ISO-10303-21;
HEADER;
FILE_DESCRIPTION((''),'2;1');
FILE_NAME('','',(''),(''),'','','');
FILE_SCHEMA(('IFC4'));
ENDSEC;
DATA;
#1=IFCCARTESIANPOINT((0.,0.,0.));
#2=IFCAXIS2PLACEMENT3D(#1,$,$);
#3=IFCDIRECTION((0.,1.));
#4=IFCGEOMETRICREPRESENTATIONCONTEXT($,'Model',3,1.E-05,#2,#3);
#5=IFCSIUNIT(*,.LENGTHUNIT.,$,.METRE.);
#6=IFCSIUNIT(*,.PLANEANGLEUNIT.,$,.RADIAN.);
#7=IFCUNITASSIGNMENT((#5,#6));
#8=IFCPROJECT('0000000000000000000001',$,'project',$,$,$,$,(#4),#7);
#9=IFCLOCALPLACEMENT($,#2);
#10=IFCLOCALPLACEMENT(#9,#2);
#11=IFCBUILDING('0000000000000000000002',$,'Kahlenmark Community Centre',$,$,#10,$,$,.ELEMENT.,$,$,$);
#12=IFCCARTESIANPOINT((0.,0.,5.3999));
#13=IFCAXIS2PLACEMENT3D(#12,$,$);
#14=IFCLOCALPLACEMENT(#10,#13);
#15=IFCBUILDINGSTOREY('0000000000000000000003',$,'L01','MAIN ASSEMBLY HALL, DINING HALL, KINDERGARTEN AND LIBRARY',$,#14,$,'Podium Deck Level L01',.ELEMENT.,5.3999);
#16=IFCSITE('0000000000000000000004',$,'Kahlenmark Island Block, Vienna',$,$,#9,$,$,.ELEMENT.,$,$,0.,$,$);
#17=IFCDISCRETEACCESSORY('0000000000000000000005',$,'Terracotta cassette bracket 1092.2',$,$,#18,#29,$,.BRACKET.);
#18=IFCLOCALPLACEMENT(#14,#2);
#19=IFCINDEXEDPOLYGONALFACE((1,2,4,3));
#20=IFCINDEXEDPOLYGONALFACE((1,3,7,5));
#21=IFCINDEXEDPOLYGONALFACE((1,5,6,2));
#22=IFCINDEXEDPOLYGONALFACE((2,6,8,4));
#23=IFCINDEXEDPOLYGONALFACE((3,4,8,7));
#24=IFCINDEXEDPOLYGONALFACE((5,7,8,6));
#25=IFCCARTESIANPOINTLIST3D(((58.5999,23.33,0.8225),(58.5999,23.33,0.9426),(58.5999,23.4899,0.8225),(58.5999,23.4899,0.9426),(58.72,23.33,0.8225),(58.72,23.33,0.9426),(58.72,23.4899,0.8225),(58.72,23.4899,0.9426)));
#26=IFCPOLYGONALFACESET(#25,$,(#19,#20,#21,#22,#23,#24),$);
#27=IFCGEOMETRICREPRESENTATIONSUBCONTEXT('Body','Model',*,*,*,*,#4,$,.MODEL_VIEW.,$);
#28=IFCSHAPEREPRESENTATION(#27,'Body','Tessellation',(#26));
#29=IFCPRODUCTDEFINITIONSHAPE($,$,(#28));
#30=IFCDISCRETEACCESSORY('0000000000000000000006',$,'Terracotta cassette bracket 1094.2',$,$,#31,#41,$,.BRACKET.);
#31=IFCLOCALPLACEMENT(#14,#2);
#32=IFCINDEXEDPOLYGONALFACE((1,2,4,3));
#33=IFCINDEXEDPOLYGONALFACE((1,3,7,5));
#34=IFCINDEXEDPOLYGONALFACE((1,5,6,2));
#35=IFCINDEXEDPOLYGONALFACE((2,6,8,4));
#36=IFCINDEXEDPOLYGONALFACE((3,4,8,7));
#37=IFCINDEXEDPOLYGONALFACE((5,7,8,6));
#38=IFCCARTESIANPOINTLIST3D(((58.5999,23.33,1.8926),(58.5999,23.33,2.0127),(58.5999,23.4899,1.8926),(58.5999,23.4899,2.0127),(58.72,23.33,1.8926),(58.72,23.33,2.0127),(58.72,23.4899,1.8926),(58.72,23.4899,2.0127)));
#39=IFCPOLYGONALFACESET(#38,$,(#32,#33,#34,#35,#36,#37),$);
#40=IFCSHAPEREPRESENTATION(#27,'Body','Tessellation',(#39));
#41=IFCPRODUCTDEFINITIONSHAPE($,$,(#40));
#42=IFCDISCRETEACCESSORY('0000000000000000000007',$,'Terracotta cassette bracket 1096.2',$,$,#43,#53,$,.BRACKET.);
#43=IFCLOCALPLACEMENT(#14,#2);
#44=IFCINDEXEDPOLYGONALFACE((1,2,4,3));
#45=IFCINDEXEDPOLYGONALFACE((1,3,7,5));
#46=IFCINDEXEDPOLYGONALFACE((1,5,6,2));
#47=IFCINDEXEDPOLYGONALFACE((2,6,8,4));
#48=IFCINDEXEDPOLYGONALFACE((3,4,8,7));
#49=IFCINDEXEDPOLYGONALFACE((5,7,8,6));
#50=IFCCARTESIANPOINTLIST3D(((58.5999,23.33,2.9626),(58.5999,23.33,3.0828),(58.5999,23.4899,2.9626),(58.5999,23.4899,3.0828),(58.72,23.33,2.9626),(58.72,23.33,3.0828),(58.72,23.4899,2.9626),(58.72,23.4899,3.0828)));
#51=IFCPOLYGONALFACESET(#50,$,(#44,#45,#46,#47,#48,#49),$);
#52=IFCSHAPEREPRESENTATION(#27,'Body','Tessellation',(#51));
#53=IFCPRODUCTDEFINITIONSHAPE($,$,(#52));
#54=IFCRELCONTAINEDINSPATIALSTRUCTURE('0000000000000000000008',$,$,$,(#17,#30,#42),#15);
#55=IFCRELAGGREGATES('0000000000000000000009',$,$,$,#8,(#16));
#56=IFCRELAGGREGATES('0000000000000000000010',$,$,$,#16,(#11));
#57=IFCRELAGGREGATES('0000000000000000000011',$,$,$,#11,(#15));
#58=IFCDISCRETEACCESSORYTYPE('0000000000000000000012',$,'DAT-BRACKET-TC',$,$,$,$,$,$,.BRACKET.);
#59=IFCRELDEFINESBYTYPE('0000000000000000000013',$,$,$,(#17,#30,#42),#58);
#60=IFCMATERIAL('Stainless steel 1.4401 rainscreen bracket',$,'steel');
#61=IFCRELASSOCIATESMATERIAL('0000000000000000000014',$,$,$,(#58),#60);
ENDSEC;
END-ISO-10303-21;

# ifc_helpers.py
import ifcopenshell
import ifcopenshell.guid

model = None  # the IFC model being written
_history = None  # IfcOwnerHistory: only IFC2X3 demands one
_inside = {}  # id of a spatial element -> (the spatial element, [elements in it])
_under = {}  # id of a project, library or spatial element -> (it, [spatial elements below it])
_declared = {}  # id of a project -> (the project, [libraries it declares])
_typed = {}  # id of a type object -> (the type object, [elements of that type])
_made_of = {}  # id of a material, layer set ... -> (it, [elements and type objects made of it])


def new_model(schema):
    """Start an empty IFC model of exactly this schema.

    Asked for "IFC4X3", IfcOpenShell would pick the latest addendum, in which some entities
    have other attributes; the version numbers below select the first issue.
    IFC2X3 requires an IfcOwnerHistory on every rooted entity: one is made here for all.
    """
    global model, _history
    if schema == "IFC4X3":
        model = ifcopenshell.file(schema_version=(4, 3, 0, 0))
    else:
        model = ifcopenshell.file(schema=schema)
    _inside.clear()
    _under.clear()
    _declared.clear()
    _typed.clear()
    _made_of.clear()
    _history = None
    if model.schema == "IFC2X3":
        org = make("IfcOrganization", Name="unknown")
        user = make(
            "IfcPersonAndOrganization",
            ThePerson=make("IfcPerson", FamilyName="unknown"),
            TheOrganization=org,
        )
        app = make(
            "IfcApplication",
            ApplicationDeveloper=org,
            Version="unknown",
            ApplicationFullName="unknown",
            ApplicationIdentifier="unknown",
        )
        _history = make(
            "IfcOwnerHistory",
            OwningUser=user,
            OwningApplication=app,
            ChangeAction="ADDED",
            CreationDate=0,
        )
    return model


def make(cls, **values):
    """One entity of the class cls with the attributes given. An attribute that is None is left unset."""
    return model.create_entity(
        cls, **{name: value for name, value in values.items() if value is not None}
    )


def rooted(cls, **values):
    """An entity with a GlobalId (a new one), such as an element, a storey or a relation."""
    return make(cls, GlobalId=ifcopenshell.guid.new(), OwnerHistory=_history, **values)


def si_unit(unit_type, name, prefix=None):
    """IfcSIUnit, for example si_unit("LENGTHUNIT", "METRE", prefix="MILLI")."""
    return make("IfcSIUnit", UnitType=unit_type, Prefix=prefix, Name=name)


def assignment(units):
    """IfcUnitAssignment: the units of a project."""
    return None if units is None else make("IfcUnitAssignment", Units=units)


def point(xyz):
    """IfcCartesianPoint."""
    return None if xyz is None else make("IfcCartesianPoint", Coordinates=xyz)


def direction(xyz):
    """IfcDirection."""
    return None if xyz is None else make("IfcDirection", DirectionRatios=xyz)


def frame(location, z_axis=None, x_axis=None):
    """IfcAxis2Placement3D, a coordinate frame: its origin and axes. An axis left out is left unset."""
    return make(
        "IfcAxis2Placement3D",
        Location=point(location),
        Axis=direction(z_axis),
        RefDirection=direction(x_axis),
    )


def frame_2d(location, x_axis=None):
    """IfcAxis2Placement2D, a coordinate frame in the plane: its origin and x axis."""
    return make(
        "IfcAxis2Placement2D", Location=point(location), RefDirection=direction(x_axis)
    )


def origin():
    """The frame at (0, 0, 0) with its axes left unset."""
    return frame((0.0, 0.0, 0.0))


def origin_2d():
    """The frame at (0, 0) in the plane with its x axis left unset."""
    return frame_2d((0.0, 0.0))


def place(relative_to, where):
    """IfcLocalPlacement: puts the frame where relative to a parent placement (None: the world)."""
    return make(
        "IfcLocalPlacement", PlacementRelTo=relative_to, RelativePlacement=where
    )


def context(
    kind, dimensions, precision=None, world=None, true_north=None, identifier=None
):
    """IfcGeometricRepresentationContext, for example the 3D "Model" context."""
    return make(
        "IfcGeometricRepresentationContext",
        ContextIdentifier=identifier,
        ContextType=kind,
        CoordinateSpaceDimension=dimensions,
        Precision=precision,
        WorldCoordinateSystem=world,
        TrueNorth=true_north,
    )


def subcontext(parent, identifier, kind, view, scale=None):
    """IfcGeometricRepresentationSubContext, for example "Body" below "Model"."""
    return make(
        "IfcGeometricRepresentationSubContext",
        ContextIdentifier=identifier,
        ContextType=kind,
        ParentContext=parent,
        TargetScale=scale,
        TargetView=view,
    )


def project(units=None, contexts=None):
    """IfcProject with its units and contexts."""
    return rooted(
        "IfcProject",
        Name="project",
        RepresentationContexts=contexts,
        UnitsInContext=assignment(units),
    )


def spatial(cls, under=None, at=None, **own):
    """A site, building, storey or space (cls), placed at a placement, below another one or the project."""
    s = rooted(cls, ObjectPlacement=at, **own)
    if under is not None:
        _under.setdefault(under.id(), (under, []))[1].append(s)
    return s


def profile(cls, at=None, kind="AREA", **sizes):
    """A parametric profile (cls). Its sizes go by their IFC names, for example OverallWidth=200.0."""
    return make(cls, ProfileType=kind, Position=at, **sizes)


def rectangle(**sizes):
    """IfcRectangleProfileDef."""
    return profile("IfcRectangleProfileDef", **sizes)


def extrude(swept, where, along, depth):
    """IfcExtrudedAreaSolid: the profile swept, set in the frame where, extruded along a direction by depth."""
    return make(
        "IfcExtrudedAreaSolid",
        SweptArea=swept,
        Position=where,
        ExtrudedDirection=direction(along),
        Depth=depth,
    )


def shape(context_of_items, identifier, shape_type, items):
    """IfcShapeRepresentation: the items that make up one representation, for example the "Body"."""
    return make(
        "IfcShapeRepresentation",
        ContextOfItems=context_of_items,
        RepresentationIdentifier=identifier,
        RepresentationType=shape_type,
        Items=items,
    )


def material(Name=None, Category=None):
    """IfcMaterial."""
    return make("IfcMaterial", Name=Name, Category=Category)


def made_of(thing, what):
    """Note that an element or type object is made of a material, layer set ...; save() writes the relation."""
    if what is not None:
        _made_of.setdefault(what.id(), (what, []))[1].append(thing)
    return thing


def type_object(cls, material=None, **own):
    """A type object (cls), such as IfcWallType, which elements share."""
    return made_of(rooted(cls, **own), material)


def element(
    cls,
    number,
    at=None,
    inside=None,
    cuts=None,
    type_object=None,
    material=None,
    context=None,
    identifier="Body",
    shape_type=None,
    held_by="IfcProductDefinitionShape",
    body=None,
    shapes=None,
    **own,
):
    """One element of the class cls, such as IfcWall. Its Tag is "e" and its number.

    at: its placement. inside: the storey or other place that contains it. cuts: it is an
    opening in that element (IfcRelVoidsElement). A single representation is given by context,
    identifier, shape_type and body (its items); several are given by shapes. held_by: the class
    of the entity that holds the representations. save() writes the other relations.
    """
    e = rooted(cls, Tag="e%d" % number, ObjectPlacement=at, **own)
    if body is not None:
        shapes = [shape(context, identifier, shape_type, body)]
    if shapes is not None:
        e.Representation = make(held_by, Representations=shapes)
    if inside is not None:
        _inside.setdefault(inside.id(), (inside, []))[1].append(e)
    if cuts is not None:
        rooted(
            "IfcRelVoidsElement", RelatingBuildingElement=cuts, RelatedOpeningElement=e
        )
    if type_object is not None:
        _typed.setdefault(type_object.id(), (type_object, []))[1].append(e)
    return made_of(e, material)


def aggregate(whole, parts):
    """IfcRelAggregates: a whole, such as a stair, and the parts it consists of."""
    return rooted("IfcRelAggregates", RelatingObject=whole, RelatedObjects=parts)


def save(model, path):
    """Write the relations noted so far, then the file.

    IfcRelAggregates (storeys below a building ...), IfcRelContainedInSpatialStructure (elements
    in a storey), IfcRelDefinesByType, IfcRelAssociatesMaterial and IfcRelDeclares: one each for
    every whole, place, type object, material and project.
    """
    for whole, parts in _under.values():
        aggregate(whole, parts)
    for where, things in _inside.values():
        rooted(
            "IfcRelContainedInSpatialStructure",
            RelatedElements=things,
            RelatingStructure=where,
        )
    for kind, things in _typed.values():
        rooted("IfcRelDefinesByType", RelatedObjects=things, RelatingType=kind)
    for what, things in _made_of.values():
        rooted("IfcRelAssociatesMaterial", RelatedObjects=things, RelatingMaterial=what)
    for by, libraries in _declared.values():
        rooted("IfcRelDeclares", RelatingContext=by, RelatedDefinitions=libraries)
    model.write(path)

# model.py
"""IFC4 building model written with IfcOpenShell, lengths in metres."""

from ifc_helpers import new_model, si_unit, direction, frame, origin, origin_2d, place, context, subcontext, project, spatial, rectangle, extrude, material, type_object, element, save


model = new_model("IFC4")

# Units and contexts
model_context = context("Model", 3, precision=1e-05, world=origin(), true_north=direction((0.0, 1.0)))
body_context = subcontext(model_context, "Body", "Model", "MODEL_VIEW")
ifc_project = project(units=[si_unit("LENGTHUNIT", "METRE"), si_unit("PLANEANGLEUNIT", "RADIAN")], contexts=[model_context])

# Site, building, storey
site_placement = place(None, origin())
site = spatial("IfcSite", under=ifc_project, at=site_placement, Name="Kahlenmark Island Block, Vienna", CompositionType="ELEMENT", RefElevation=0.0)
building_placement = place(site_placement, origin())
building = spatial("IfcBuilding", under=site, at=building_placement, Name="Kahlenmark Community Centre", CompositionType="ELEMENT")
storey_placement = place(building_placement, frame((0.0, 0.0, 5.3999)))
storey = spatial("IfcBuildingStorey", under=building, at=storey_placement, Name="L01", Description="MAIN ASSEMBLY HALL, DINING HALL, KINDERGARTEN AND LIBRARY", LongName="Podium Deck Level L01", CompositionType="ELEMENT", Elevation=5.3999)

# Discrete accessories
ifc_material_1 = material(Name="Stainless steel 1.4401 rainscreen bracket", Category="steel")
discrete_accessory_type = type_object("IfcDiscreteAccessoryType", Name="DAT-BRACKET-TC", PredefinedType="BRACKET", material=ifc_material_1)
for number, where, z_axis, x_axis, name in (
    (1, (58.6599, 23.4099, 0.8225), (0.0, 0.0, 1.0), (-1.0, 0.0, 0.0), "Terracotta cassette bracket 1092.2"),
    (2, (58.6599, 23.4099, 1.8926), (0.0, 0.0, 1.0), (-1.0, 0.0, 0.0), "Terracotta cassette bracket 1094.2"),
    (3, (58.6599, 23.4099, 2.9626), (0.0, 0.0, 1.0), (-1.0, 0.0, 0.0), "Terracotta cassette bracket 1096.2"),
):
    element("IfcDiscreteAccessory", number, at=place(storey_placement, frame(where, z_axis=z_axis, x_axis=x_axis)), inside=storey, type_object=discrete_accessory_type, Name=name, PredefinedType="BRACKET", context=body_context, shape_type="SweptSolid", body=[
        extrude(rectangle(XDim=0.1201, YDim=0.1599, at=origin_2d()), origin(), (0.0, 0.0, 1.0), 0.1201),
    ])

save(model, "model.ifc")
